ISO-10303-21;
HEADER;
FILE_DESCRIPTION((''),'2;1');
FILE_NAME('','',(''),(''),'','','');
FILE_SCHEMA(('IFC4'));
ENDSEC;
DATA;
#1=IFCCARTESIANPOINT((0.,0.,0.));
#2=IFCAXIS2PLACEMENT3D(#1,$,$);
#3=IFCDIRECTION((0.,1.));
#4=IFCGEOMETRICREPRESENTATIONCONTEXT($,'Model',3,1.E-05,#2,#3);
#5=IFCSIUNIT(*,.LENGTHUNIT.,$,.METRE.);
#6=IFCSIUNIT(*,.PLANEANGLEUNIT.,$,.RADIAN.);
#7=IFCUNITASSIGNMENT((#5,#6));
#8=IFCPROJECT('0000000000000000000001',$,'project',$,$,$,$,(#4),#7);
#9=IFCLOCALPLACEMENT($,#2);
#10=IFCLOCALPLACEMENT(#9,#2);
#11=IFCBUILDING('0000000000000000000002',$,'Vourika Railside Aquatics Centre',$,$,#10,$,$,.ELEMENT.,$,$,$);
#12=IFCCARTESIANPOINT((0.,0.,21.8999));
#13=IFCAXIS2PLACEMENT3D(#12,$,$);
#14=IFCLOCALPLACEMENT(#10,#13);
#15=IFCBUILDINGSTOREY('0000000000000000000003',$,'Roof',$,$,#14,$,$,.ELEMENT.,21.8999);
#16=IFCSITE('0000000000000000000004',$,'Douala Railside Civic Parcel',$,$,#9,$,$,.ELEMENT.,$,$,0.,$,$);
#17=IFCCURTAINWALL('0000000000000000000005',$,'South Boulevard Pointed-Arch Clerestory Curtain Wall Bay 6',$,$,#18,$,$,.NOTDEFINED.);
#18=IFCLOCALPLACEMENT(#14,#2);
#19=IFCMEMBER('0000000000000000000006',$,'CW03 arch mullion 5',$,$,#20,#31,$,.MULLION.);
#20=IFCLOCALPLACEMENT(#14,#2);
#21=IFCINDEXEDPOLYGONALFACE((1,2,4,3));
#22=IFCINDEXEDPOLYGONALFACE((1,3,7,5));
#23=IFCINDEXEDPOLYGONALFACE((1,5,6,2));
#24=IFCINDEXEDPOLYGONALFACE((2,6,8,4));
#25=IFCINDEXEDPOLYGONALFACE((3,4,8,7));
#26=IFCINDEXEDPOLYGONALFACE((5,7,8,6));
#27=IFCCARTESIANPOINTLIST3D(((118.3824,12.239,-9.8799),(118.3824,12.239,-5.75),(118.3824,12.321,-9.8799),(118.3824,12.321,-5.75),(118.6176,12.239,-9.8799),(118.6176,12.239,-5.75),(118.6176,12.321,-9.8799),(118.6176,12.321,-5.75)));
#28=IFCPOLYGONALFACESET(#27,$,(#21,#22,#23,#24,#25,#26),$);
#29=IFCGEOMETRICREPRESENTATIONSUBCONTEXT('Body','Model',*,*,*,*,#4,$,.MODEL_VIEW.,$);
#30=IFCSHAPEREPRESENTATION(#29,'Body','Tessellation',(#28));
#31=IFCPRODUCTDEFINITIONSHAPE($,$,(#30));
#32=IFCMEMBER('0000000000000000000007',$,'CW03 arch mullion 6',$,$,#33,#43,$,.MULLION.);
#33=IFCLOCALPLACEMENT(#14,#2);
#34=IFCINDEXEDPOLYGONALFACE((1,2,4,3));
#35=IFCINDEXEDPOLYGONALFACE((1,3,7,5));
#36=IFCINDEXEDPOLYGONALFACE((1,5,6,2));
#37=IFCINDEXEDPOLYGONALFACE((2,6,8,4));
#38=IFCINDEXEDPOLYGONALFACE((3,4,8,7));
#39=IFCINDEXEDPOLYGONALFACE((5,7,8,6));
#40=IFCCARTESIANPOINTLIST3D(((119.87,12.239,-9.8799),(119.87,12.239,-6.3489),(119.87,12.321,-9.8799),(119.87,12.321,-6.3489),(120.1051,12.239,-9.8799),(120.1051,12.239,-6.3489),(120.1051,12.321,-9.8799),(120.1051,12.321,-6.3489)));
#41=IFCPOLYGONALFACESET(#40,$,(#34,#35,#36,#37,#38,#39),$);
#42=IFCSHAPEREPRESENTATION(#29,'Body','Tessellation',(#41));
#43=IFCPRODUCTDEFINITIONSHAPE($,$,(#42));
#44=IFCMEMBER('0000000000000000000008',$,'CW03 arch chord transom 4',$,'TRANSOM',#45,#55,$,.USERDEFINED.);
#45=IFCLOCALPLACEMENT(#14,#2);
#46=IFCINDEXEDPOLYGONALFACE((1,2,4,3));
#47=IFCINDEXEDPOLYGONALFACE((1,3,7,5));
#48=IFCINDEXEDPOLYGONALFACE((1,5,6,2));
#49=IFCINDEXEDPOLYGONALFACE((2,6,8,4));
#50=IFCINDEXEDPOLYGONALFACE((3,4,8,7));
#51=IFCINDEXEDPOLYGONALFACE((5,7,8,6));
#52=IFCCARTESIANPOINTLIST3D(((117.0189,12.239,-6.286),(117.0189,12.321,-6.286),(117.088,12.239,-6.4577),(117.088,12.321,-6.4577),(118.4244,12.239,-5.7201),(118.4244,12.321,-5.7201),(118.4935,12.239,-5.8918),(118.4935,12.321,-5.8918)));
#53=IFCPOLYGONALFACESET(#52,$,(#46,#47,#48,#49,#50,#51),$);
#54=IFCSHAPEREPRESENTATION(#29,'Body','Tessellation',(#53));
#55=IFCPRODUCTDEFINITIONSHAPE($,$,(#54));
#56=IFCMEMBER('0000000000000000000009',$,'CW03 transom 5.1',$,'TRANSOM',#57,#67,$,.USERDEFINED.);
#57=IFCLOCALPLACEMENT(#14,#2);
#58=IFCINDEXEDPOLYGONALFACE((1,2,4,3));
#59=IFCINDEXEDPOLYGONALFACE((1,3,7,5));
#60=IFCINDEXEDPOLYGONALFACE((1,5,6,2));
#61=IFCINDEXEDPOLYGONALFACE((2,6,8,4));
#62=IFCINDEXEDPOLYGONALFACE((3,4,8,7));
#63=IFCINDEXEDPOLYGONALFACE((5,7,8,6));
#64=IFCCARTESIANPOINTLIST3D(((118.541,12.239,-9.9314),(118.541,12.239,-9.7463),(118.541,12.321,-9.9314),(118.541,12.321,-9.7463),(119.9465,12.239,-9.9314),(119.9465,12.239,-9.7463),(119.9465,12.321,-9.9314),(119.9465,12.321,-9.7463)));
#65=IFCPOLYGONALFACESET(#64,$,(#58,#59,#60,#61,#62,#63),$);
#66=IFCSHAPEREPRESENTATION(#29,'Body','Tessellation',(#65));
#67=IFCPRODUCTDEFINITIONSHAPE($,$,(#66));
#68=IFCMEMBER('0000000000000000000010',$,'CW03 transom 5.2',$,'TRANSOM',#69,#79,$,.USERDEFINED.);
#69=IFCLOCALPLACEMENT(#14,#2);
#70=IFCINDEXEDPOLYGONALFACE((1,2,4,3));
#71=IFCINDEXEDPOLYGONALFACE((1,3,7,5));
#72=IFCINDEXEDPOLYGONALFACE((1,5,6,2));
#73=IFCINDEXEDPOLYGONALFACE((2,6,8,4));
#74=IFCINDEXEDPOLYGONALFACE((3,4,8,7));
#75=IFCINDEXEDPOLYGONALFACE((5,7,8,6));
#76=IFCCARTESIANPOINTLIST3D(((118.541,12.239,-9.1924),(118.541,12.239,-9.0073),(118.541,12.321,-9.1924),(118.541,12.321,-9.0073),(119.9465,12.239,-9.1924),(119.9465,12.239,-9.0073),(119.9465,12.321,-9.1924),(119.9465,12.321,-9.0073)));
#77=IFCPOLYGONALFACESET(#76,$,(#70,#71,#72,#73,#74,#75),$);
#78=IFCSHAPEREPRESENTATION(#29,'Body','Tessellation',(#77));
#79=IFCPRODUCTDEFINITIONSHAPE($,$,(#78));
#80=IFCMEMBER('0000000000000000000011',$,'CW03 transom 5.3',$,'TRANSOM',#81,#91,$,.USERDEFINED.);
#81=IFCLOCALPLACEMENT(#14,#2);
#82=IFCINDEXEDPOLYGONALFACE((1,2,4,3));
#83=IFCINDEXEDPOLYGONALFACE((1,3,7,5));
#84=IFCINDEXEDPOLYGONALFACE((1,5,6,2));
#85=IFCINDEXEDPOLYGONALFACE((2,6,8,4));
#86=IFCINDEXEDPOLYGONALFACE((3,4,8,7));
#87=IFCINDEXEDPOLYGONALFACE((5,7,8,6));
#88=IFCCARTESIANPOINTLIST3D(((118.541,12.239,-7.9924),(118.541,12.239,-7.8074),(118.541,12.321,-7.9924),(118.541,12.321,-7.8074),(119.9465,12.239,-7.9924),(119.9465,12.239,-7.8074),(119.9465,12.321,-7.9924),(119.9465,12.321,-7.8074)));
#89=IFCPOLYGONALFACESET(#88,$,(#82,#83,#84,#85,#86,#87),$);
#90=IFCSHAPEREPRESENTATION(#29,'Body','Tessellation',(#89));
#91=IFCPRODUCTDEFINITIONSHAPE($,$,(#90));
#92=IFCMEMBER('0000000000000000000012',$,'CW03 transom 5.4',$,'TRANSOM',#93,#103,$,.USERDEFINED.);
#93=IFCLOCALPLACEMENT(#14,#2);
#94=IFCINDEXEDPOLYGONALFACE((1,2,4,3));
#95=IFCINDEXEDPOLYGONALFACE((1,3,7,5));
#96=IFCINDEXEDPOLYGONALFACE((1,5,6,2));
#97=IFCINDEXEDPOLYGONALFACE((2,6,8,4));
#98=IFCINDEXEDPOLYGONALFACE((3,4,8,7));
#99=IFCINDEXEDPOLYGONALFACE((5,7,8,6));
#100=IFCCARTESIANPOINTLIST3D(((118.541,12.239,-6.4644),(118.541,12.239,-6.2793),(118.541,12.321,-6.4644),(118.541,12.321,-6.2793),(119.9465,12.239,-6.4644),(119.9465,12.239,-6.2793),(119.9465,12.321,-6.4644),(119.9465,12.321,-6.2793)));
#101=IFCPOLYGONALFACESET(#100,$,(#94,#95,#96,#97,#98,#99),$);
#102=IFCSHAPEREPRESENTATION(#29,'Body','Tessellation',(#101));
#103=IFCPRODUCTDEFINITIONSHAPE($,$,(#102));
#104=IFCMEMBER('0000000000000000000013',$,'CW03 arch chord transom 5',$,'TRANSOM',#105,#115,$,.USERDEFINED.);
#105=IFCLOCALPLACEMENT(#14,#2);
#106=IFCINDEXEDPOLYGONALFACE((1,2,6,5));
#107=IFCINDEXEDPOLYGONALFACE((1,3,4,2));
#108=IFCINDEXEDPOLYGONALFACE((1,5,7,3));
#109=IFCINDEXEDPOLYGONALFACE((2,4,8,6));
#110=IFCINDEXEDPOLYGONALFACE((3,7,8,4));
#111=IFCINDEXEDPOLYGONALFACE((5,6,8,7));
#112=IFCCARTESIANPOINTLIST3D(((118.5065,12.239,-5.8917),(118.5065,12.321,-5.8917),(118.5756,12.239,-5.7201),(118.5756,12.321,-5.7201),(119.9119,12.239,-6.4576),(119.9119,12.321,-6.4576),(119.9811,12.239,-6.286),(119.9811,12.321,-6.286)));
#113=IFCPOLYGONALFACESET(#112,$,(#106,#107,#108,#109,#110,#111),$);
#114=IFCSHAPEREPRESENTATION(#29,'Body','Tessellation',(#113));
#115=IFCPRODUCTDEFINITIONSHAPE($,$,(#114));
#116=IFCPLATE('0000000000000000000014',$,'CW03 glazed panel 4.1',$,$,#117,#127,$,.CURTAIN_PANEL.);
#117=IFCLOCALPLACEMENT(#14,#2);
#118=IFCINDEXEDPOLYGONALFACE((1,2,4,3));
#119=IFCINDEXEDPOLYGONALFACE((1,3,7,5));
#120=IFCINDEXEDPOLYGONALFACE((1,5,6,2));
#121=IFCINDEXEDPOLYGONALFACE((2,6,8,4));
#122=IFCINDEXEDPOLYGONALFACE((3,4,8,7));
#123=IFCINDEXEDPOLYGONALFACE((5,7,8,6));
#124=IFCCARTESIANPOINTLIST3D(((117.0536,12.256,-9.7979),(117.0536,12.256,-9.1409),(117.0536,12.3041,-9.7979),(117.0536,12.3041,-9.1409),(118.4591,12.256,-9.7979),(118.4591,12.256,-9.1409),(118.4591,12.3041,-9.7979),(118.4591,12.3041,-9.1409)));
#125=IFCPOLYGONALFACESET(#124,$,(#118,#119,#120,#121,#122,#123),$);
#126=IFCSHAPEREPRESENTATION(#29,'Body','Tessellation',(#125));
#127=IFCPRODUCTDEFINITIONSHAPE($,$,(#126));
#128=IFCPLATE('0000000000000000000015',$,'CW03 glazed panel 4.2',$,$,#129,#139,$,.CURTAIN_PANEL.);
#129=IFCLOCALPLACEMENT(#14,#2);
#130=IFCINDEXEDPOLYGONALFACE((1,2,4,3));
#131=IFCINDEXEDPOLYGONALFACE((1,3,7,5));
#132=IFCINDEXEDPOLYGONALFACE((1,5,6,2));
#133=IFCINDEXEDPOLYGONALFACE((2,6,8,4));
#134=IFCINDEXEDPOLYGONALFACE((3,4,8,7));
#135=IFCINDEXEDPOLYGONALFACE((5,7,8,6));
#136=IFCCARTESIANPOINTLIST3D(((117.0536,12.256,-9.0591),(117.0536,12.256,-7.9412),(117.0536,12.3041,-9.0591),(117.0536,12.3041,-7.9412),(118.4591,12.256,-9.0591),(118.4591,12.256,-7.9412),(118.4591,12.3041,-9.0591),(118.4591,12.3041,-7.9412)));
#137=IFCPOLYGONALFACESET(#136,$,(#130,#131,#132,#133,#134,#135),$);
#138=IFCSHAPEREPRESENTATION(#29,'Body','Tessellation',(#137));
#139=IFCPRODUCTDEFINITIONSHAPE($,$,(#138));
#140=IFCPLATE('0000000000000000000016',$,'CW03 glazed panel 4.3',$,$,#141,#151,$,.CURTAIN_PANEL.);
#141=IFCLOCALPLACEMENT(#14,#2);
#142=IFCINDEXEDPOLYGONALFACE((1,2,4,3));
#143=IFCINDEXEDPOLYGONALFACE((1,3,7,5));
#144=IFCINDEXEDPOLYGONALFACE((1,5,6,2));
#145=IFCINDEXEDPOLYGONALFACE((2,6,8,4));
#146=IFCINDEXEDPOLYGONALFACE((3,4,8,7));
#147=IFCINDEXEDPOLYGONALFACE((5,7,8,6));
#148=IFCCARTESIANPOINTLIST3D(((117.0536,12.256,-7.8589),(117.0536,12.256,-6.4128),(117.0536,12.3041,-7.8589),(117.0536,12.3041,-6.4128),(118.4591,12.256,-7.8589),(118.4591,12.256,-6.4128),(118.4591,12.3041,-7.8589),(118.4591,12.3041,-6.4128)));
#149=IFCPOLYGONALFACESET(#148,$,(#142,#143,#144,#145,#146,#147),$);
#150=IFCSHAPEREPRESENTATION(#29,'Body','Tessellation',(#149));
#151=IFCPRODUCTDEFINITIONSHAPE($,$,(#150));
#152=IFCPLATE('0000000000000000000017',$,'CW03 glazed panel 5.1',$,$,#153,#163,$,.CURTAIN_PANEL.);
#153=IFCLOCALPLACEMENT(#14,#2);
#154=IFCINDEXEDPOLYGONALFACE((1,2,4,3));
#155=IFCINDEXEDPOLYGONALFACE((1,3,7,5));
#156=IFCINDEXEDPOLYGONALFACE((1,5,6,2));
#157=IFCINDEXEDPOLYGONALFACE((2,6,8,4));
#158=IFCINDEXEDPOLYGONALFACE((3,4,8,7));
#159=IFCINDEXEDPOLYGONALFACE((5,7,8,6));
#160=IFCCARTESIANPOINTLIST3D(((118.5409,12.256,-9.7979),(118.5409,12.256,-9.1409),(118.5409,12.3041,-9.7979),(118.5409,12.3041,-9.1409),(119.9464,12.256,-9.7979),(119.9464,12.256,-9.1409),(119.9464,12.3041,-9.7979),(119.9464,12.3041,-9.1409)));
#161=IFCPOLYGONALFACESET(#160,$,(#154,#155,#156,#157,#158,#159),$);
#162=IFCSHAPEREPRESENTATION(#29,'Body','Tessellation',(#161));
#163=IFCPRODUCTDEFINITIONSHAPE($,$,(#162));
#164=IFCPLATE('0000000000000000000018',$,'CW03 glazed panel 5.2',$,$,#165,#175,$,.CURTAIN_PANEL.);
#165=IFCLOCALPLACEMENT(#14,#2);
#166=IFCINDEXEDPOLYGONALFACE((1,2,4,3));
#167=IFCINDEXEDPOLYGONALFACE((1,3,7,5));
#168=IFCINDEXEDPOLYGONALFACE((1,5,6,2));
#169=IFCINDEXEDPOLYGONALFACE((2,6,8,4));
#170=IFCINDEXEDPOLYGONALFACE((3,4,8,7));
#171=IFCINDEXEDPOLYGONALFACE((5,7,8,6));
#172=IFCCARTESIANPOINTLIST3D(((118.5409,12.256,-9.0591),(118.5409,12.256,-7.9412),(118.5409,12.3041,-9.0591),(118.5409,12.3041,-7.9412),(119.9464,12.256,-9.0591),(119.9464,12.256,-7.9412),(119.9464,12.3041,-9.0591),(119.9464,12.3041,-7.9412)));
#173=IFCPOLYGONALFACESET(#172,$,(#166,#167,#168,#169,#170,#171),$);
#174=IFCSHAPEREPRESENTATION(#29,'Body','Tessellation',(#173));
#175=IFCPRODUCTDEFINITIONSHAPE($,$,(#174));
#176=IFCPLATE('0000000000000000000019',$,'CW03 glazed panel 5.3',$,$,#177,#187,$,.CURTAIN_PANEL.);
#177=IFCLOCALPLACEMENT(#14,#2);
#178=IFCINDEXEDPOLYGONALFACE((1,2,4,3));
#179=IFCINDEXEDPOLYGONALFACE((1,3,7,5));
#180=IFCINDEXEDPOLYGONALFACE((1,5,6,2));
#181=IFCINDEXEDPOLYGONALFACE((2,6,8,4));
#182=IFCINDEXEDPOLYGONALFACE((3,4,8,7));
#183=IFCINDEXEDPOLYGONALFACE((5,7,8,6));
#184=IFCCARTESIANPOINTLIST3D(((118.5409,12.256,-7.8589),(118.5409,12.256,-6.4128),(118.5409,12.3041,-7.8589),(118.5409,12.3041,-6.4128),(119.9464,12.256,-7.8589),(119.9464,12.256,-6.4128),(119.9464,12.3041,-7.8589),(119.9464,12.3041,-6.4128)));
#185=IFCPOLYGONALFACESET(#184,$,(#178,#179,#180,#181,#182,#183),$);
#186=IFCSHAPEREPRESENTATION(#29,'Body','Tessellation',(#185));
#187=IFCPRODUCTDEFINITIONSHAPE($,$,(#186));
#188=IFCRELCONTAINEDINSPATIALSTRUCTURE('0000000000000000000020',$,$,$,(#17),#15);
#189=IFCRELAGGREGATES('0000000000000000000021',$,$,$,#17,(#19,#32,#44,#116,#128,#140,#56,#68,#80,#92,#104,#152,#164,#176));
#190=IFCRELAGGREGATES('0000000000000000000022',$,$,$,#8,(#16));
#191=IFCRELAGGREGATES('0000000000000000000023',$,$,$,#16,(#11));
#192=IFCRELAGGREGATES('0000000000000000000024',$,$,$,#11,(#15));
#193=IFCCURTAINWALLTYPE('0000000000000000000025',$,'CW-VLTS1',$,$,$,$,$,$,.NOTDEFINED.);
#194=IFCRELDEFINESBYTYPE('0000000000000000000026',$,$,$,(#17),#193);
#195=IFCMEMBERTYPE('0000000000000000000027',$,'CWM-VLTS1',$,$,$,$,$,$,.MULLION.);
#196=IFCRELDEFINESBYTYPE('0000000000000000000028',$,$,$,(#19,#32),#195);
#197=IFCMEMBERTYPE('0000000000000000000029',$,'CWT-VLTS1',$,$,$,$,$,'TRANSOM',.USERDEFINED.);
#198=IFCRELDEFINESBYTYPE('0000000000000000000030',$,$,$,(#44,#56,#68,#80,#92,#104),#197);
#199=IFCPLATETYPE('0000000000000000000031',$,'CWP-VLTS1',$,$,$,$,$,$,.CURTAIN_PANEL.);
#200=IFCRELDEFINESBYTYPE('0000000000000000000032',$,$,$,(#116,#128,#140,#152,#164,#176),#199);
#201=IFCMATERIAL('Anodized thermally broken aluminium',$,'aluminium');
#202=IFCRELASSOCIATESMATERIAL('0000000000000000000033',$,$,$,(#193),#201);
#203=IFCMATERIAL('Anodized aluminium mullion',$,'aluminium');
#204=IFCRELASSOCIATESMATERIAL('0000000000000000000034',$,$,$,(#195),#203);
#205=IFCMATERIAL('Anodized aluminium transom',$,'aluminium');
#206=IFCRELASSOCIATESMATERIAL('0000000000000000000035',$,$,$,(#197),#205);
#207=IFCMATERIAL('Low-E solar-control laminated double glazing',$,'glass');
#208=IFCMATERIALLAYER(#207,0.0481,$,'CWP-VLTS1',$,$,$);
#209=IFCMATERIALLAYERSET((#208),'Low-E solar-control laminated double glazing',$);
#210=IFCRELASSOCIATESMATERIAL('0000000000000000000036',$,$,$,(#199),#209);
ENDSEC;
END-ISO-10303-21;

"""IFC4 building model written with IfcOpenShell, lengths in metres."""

from ifc_helpers import new_model, si_unit, direction, frame, origin, origin_2d, place, context, subcontext, project, spatial, rectangle, extrude, material, layer, layer_set, material_profile, profile_set, type_object, element, aggregate, save


model = new_model("IFC4")

# Units and contexts
model_context = context("Model", 3, precision=1e-05, world=origin(), true_north=direction((0.0, 1.0)))
body_context = subcontext(model_context, "Body", "Model", "MODEL_VIEW")
ifc_project = project(units=[si_unit("LENGTHUNIT", "METRE"), si_unit("PLANEANGLEUNIT", "RADIAN")], contexts=[model_context])

# Site, building, storey
site_placement = place(None, origin())
site = spatial("IfcSite", under=ifc_project, at=site_placement, Name="Douala Railside Civic Parcel", CompositionType="ELEMENT", RefElevation=0.0)
building_placement = place(site_placement, origin())
building = spatial("IfcBuilding", under=site, at=building_placement, Name="Vourika Railside Aquatics Centre", CompositionType="ELEMENT")
storey_placement = place(building_placement, frame((0.0, 0.0, 21.8999)))
storey = spatial("IfcBuildingStorey", under=building, at=storey_placement, Name="Roof", CompositionType="ELEMENT", Elevation=21.8999)

# Curtain wall, members, plates
ifc_material_1 = material(Name="Anodized thermally broken aluminium", Category="aluminium")
curtain_wall_type = type_object("IfcCurtainWallType", Name="CW-VLTS1", PredefinedType="NOTDEFINED", material=ifc_material_1)
curtain_wall_placement = place(storey_placement, origin())
curtain_wall = element("IfcCurtainWall", 1, at=curtain_wall_placement, inside=storey, type_object=curtain_wall_type, Name="South Boulevard Pointed-Arch Clerestory Curtain Wall Bay 6", PredefinedType="NOTDEFINED")
ifc_material_2 = material(Name="Anodized aluminium mullion", Category="aluminium")
ifc_material_profile_1 = material_profile(ifc_material_2, rectangle(XDim=0.082, YDim=0.2351, at=origin_2d()), Name="ALU-M 82x235")
ifc_profile_set_1 = profile_set([ifc_material_profile_1], Name="Anodized aluminium mullion")
member_type_1 = type_object("IfcMemberType", Name="CWM-VLTS1", PredefinedType="MULLION", material=ifc_profile_set_1)
member_1_placement = place(storey_placement, frame((118.5, 12.28, -9.8799), z_axis=(0.0, 0.0, 1.0), x_axis=(0.0, 1.0, 0.0)))
member_1 = element("IfcMember", 2, at=member_1_placement, type_object=member_type_1, Name="CW03 arch mullion 5", PredefinedType="MULLION", context=body_context, shape_type="SweptSolid", body=[
    extrude(rectangle(XDim=0.082, YDim=0.2351, at=origin_2d()), origin(), (0.0, 0.0, 1.0), 4.1299),
])
member_2_placement = place(storey_placement, frame((119.9875, 12.28, -9.8799), z_axis=(0.0, 0.0, 1.0), x_axis=(0.0, 1.0, 0.0)))
member_2 = element("IfcMember", 3, at=member_2_placement, type_object=member_type_1, Name="CW03 arch mullion 6", PredefinedType="MULLION", context=body_context, shape_type="SweptSolid", body=[
    extrude(rectangle(XDim=0.082, YDim=0.2351, at=origin_2d()), origin(), (0.0, 0.0, 1.0), 3.531),
])
ifc_material_3 = material(Name="Anodized aluminium transom", Category="aluminium")
ifc_material_profile_2 = material_profile(ifc_material_3, rectangle(XDim=0.082, YDim=0.1851, at=origin_2d()), Name="ALU-T 82x185")
ifc_profile_set_2 = profile_set([ifc_material_profile_2], Name="Anodized aluminium transom")
member_type_2 = type_object("IfcMemberType", Name="CWT-VLTS1", ElementType="TRANSOM", PredefinedType="USERDEFINED", material=ifc_profile_set_2)
member_3_placement = place(storey_placement, frame((117.0535, 12.28, -6.3718), z_axis=(0.92763, 0.0, 0.373501), x_axis=(0.0, 1.0, 0.0)))
member_3 = element("IfcMember", 4, at=member_3_placement, type_object=member_type_2, Name="CW03 arch chord transom 4", ObjectType="TRANSOM", PredefinedType="USERDEFINED", context=body_context, shape_type="SweptSolid", body=[
    extrude(rectangle(XDim=0.082, YDim=0.1851, at=origin_2d()), origin(), (0.0, 0.0, 1.0), 1.5151),
])
member_4_placement = place(storey_placement, frame((118.541, 12.28, -9.8389), z_axis=(1.0, 0.0, 0.0), x_axis=(0.0, 1.0, 0.0)))
member_4 = element("IfcMember", 5, at=member_4_placement, type_object=member_type_2, Name="CW03 transom 5.1", ObjectType="TRANSOM", PredefinedType="USERDEFINED", context=body_context, shape_type="SweptSolid", body=[
    extrude(rectangle(XDim=0.082, YDim=0.1851, at=origin_2d()), origin(), (0.0, 0.0, 1.0), 1.4055),
])
member_5_placement = place(storey_placement, frame((118.541, 12.28, -9.0999), z_axis=(1.0, 0.0, 0.0), x_axis=(0.0, 1.0, 0.0)))
member_5 = element("IfcMember", 6, at=member_5_placement, type_object=member_type_2, Name="CW03 transom 5.2", ObjectType="TRANSOM", PredefinedType="USERDEFINED", context=body_context, shape_type="SweptSolid", body=[
    extrude(rectangle(XDim=0.082, YDim=0.1851, at=origin_2d()), origin(), (0.0, 0.0, 1.0), 1.4055),
])
member_6_placement = place(storey_placement, frame((118.541, 12.28, -7.8999), z_axis=(1.0, 0.0, 0.0), x_axis=(0.0, 1.0, 0.0)))
member_6 = element("IfcMember", 7, at=member_6_placement, type_object=member_type_2, Name="CW03 transom 5.3", ObjectType="TRANSOM", PredefinedType="USERDEFINED", context=body_context, shape_type="SweptSolid", body=[
    extrude(rectangle(XDim=0.082, YDim=0.1851, at=origin_2d()), origin(), (0.0, 0.0, 1.0), 1.4055),
])
member_7_placement = place(storey_placement, frame((118.541, 12.28, -6.3718), z_axis=(1.0, 0.0, 0.0), x_axis=(0.0, 1.0, 0.0)))
member_7 = element("IfcMember", 8, at=member_7_placement, type_object=member_type_2, Name="CW03 transom 5.4", ObjectType="TRANSOM", PredefinedType="USERDEFINED", context=body_context, shape_type="SweptSolid", body=[
    extrude(rectangle(XDim=0.082, YDim=0.1851, at=origin_2d()), origin(), (0.0, 0.0, 1.0), 1.4055),
])
member_8_placement = place(storey_placement, frame((118.541, 12.28, -5.8059), z_axis=(0.92763, 0.0, -0.373501), x_axis=(0.0, 1.0, 0.0)))
member_8 = element("IfcMember", 9, at=member_8_placement, type_object=member_type_2, Name="CW03 arch chord transom 5", ObjectType="TRANSOM", PredefinedType="USERDEFINED", context=body_context, shape_type="SweptSolid", body=[
    extrude(rectangle(XDim=0.082, YDim=0.1851, at=origin_2d()), origin(), (0.0, 0.0, 1.0), 1.5151),
])
ifc_material_4 = material(Name="Low-E solar-control laminated double glazing", Category="glass")
ifc_layer_1 = layer(ifc_material_4, 0.0481, Name="CWP-VLTS1")
ifc_layer_set_1 = layer_set([ifc_layer_1], Name="Low-E solar-control laminated double glazing")
plate_type = type_object("IfcPlateType", Name="CWP-VLTS1", PredefinedType="CURTAIN_PANEL", material=ifc_layer_set_1)
plate_1_placement = place(storey_placement, frame((117.7563, 12.28, -9.7979), z_axis=(0.0, 0.0, 1.0), x_axis=(1.0, 0.0, 0.0)))
plate_1 = element("IfcPlate", 10, at=plate_1_placement, type_object=plate_type, Name="CW03 glazed panel 4.1", PredefinedType="CURTAIN_PANEL", context=body_context, shape_type="SweptSolid", body=[
    extrude(rectangle(XDim=1.4055, YDim=0.0481, at=origin_2d()), origin(), (0.0, 0.0, 1.0), 0.657),
])
plate_2_placement = place(storey_placement, frame((117.7563, 12.28, -9.0591), z_axis=(0.0, 0.0, 1.0), x_axis=(1.0, 0.0, 0.0)))
plate_2 = element("IfcPlate", 11, at=plate_2_placement, type_object=plate_type, Name="CW03 glazed panel 4.2", PredefinedType="CURTAIN_PANEL", context=body_context, shape_type="SweptSolid", body=[
    extrude(rectangle(XDim=1.4055, YDim=0.0481, at=origin_2d()), origin(), (0.0, 0.0, 1.0), 1.1179),
])
plate_3_placement = place(storey_placement, frame((117.7563, 12.28, -7.8589), z_axis=(0.0, 0.0, 1.0), x_axis=(1.0, 0.0, 0.0)))
plate_3 = element("IfcPlate", 12, at=plate_3_placement, type_object=plate_type, Name="CW03 glazed panel 4.3", PredefinedType="CURTAIN_PANEL", context=body_context, shape_type="SweptSolid", body=[
    extrude(rectangle(XDim=1.4055, YDim=0.0481, at=origin_2d()), origin(), (0.0, 0.0, 1.0), 1.446),
])
plate_4_placement = place(storey_placement, frame((119.2437, 12.28, -9.7979), z_axis=(0.0, 0.0, 1.0), x_axis=(1.0, 0.0, 0.0)))
plate_4 = element("IfcPlate", 13, at=plate_4_placement, type_object=plate_type, Name="CW03 glazed panel 5.1", PredefinedType="CURTAIN_PANEL", context=body_context, shape_type="SweptSolid", body=[
    extrude(rectangle(XDim=1.4055, YDim=0.0481, at=origin_2d()), origin(), (0.0, 0.0, 1.0), 0.657),
])
plate_5_placement = place(storey_placement, frame((119.2437, 12.28, -9.0591), z_axis=(0.0, 0.0, 1.0), x_axis=(1.0, 0.0, 0.0)))
plate_5 = element("IfcPlate", 14, at=plate_5_placement, type_object=plate_type, Name="CW03 glazed panel 5.2", PredefinedType="CURTAIN_PANEL", context=body_context, shape_type="SweptSolid", body=[
    extrude(rectangle(XDim=1.4055, YDim=0.0481, at=origin_2d()), origin(), (0.0, 0.0, 1.0), 1.1179),
])
plate_6_placement = place(storey_placement, frame((119.2437, 12.28, -7.8589), z_axis=(0.0, 0.0, 1.0), x_axis=(1.0, 0.0, 0.0)))
plate_6 = element("IfcPlate", 15, at=plate_6_placement, type_object=plate_type, Name="CW03 glazed panel 5.3", PredefinedType="CURTAIN_PANEL", context=body_context, shape_type="SweptSolid", body=[
    extrude(rectangle(XDim=1.4055, YDim=0.0481, at=origin_2d()), origin(), (0.0, 0.0, 1.0), 1.446),
])
aggregate(curtain_wall, [member_1, member_2, member_3, plate_1, plate_2, plate_3, member_4, member_5, member_6, member_7, member_8, plate_4, plate_5, plate_6])

save(model, "model.ifc")
